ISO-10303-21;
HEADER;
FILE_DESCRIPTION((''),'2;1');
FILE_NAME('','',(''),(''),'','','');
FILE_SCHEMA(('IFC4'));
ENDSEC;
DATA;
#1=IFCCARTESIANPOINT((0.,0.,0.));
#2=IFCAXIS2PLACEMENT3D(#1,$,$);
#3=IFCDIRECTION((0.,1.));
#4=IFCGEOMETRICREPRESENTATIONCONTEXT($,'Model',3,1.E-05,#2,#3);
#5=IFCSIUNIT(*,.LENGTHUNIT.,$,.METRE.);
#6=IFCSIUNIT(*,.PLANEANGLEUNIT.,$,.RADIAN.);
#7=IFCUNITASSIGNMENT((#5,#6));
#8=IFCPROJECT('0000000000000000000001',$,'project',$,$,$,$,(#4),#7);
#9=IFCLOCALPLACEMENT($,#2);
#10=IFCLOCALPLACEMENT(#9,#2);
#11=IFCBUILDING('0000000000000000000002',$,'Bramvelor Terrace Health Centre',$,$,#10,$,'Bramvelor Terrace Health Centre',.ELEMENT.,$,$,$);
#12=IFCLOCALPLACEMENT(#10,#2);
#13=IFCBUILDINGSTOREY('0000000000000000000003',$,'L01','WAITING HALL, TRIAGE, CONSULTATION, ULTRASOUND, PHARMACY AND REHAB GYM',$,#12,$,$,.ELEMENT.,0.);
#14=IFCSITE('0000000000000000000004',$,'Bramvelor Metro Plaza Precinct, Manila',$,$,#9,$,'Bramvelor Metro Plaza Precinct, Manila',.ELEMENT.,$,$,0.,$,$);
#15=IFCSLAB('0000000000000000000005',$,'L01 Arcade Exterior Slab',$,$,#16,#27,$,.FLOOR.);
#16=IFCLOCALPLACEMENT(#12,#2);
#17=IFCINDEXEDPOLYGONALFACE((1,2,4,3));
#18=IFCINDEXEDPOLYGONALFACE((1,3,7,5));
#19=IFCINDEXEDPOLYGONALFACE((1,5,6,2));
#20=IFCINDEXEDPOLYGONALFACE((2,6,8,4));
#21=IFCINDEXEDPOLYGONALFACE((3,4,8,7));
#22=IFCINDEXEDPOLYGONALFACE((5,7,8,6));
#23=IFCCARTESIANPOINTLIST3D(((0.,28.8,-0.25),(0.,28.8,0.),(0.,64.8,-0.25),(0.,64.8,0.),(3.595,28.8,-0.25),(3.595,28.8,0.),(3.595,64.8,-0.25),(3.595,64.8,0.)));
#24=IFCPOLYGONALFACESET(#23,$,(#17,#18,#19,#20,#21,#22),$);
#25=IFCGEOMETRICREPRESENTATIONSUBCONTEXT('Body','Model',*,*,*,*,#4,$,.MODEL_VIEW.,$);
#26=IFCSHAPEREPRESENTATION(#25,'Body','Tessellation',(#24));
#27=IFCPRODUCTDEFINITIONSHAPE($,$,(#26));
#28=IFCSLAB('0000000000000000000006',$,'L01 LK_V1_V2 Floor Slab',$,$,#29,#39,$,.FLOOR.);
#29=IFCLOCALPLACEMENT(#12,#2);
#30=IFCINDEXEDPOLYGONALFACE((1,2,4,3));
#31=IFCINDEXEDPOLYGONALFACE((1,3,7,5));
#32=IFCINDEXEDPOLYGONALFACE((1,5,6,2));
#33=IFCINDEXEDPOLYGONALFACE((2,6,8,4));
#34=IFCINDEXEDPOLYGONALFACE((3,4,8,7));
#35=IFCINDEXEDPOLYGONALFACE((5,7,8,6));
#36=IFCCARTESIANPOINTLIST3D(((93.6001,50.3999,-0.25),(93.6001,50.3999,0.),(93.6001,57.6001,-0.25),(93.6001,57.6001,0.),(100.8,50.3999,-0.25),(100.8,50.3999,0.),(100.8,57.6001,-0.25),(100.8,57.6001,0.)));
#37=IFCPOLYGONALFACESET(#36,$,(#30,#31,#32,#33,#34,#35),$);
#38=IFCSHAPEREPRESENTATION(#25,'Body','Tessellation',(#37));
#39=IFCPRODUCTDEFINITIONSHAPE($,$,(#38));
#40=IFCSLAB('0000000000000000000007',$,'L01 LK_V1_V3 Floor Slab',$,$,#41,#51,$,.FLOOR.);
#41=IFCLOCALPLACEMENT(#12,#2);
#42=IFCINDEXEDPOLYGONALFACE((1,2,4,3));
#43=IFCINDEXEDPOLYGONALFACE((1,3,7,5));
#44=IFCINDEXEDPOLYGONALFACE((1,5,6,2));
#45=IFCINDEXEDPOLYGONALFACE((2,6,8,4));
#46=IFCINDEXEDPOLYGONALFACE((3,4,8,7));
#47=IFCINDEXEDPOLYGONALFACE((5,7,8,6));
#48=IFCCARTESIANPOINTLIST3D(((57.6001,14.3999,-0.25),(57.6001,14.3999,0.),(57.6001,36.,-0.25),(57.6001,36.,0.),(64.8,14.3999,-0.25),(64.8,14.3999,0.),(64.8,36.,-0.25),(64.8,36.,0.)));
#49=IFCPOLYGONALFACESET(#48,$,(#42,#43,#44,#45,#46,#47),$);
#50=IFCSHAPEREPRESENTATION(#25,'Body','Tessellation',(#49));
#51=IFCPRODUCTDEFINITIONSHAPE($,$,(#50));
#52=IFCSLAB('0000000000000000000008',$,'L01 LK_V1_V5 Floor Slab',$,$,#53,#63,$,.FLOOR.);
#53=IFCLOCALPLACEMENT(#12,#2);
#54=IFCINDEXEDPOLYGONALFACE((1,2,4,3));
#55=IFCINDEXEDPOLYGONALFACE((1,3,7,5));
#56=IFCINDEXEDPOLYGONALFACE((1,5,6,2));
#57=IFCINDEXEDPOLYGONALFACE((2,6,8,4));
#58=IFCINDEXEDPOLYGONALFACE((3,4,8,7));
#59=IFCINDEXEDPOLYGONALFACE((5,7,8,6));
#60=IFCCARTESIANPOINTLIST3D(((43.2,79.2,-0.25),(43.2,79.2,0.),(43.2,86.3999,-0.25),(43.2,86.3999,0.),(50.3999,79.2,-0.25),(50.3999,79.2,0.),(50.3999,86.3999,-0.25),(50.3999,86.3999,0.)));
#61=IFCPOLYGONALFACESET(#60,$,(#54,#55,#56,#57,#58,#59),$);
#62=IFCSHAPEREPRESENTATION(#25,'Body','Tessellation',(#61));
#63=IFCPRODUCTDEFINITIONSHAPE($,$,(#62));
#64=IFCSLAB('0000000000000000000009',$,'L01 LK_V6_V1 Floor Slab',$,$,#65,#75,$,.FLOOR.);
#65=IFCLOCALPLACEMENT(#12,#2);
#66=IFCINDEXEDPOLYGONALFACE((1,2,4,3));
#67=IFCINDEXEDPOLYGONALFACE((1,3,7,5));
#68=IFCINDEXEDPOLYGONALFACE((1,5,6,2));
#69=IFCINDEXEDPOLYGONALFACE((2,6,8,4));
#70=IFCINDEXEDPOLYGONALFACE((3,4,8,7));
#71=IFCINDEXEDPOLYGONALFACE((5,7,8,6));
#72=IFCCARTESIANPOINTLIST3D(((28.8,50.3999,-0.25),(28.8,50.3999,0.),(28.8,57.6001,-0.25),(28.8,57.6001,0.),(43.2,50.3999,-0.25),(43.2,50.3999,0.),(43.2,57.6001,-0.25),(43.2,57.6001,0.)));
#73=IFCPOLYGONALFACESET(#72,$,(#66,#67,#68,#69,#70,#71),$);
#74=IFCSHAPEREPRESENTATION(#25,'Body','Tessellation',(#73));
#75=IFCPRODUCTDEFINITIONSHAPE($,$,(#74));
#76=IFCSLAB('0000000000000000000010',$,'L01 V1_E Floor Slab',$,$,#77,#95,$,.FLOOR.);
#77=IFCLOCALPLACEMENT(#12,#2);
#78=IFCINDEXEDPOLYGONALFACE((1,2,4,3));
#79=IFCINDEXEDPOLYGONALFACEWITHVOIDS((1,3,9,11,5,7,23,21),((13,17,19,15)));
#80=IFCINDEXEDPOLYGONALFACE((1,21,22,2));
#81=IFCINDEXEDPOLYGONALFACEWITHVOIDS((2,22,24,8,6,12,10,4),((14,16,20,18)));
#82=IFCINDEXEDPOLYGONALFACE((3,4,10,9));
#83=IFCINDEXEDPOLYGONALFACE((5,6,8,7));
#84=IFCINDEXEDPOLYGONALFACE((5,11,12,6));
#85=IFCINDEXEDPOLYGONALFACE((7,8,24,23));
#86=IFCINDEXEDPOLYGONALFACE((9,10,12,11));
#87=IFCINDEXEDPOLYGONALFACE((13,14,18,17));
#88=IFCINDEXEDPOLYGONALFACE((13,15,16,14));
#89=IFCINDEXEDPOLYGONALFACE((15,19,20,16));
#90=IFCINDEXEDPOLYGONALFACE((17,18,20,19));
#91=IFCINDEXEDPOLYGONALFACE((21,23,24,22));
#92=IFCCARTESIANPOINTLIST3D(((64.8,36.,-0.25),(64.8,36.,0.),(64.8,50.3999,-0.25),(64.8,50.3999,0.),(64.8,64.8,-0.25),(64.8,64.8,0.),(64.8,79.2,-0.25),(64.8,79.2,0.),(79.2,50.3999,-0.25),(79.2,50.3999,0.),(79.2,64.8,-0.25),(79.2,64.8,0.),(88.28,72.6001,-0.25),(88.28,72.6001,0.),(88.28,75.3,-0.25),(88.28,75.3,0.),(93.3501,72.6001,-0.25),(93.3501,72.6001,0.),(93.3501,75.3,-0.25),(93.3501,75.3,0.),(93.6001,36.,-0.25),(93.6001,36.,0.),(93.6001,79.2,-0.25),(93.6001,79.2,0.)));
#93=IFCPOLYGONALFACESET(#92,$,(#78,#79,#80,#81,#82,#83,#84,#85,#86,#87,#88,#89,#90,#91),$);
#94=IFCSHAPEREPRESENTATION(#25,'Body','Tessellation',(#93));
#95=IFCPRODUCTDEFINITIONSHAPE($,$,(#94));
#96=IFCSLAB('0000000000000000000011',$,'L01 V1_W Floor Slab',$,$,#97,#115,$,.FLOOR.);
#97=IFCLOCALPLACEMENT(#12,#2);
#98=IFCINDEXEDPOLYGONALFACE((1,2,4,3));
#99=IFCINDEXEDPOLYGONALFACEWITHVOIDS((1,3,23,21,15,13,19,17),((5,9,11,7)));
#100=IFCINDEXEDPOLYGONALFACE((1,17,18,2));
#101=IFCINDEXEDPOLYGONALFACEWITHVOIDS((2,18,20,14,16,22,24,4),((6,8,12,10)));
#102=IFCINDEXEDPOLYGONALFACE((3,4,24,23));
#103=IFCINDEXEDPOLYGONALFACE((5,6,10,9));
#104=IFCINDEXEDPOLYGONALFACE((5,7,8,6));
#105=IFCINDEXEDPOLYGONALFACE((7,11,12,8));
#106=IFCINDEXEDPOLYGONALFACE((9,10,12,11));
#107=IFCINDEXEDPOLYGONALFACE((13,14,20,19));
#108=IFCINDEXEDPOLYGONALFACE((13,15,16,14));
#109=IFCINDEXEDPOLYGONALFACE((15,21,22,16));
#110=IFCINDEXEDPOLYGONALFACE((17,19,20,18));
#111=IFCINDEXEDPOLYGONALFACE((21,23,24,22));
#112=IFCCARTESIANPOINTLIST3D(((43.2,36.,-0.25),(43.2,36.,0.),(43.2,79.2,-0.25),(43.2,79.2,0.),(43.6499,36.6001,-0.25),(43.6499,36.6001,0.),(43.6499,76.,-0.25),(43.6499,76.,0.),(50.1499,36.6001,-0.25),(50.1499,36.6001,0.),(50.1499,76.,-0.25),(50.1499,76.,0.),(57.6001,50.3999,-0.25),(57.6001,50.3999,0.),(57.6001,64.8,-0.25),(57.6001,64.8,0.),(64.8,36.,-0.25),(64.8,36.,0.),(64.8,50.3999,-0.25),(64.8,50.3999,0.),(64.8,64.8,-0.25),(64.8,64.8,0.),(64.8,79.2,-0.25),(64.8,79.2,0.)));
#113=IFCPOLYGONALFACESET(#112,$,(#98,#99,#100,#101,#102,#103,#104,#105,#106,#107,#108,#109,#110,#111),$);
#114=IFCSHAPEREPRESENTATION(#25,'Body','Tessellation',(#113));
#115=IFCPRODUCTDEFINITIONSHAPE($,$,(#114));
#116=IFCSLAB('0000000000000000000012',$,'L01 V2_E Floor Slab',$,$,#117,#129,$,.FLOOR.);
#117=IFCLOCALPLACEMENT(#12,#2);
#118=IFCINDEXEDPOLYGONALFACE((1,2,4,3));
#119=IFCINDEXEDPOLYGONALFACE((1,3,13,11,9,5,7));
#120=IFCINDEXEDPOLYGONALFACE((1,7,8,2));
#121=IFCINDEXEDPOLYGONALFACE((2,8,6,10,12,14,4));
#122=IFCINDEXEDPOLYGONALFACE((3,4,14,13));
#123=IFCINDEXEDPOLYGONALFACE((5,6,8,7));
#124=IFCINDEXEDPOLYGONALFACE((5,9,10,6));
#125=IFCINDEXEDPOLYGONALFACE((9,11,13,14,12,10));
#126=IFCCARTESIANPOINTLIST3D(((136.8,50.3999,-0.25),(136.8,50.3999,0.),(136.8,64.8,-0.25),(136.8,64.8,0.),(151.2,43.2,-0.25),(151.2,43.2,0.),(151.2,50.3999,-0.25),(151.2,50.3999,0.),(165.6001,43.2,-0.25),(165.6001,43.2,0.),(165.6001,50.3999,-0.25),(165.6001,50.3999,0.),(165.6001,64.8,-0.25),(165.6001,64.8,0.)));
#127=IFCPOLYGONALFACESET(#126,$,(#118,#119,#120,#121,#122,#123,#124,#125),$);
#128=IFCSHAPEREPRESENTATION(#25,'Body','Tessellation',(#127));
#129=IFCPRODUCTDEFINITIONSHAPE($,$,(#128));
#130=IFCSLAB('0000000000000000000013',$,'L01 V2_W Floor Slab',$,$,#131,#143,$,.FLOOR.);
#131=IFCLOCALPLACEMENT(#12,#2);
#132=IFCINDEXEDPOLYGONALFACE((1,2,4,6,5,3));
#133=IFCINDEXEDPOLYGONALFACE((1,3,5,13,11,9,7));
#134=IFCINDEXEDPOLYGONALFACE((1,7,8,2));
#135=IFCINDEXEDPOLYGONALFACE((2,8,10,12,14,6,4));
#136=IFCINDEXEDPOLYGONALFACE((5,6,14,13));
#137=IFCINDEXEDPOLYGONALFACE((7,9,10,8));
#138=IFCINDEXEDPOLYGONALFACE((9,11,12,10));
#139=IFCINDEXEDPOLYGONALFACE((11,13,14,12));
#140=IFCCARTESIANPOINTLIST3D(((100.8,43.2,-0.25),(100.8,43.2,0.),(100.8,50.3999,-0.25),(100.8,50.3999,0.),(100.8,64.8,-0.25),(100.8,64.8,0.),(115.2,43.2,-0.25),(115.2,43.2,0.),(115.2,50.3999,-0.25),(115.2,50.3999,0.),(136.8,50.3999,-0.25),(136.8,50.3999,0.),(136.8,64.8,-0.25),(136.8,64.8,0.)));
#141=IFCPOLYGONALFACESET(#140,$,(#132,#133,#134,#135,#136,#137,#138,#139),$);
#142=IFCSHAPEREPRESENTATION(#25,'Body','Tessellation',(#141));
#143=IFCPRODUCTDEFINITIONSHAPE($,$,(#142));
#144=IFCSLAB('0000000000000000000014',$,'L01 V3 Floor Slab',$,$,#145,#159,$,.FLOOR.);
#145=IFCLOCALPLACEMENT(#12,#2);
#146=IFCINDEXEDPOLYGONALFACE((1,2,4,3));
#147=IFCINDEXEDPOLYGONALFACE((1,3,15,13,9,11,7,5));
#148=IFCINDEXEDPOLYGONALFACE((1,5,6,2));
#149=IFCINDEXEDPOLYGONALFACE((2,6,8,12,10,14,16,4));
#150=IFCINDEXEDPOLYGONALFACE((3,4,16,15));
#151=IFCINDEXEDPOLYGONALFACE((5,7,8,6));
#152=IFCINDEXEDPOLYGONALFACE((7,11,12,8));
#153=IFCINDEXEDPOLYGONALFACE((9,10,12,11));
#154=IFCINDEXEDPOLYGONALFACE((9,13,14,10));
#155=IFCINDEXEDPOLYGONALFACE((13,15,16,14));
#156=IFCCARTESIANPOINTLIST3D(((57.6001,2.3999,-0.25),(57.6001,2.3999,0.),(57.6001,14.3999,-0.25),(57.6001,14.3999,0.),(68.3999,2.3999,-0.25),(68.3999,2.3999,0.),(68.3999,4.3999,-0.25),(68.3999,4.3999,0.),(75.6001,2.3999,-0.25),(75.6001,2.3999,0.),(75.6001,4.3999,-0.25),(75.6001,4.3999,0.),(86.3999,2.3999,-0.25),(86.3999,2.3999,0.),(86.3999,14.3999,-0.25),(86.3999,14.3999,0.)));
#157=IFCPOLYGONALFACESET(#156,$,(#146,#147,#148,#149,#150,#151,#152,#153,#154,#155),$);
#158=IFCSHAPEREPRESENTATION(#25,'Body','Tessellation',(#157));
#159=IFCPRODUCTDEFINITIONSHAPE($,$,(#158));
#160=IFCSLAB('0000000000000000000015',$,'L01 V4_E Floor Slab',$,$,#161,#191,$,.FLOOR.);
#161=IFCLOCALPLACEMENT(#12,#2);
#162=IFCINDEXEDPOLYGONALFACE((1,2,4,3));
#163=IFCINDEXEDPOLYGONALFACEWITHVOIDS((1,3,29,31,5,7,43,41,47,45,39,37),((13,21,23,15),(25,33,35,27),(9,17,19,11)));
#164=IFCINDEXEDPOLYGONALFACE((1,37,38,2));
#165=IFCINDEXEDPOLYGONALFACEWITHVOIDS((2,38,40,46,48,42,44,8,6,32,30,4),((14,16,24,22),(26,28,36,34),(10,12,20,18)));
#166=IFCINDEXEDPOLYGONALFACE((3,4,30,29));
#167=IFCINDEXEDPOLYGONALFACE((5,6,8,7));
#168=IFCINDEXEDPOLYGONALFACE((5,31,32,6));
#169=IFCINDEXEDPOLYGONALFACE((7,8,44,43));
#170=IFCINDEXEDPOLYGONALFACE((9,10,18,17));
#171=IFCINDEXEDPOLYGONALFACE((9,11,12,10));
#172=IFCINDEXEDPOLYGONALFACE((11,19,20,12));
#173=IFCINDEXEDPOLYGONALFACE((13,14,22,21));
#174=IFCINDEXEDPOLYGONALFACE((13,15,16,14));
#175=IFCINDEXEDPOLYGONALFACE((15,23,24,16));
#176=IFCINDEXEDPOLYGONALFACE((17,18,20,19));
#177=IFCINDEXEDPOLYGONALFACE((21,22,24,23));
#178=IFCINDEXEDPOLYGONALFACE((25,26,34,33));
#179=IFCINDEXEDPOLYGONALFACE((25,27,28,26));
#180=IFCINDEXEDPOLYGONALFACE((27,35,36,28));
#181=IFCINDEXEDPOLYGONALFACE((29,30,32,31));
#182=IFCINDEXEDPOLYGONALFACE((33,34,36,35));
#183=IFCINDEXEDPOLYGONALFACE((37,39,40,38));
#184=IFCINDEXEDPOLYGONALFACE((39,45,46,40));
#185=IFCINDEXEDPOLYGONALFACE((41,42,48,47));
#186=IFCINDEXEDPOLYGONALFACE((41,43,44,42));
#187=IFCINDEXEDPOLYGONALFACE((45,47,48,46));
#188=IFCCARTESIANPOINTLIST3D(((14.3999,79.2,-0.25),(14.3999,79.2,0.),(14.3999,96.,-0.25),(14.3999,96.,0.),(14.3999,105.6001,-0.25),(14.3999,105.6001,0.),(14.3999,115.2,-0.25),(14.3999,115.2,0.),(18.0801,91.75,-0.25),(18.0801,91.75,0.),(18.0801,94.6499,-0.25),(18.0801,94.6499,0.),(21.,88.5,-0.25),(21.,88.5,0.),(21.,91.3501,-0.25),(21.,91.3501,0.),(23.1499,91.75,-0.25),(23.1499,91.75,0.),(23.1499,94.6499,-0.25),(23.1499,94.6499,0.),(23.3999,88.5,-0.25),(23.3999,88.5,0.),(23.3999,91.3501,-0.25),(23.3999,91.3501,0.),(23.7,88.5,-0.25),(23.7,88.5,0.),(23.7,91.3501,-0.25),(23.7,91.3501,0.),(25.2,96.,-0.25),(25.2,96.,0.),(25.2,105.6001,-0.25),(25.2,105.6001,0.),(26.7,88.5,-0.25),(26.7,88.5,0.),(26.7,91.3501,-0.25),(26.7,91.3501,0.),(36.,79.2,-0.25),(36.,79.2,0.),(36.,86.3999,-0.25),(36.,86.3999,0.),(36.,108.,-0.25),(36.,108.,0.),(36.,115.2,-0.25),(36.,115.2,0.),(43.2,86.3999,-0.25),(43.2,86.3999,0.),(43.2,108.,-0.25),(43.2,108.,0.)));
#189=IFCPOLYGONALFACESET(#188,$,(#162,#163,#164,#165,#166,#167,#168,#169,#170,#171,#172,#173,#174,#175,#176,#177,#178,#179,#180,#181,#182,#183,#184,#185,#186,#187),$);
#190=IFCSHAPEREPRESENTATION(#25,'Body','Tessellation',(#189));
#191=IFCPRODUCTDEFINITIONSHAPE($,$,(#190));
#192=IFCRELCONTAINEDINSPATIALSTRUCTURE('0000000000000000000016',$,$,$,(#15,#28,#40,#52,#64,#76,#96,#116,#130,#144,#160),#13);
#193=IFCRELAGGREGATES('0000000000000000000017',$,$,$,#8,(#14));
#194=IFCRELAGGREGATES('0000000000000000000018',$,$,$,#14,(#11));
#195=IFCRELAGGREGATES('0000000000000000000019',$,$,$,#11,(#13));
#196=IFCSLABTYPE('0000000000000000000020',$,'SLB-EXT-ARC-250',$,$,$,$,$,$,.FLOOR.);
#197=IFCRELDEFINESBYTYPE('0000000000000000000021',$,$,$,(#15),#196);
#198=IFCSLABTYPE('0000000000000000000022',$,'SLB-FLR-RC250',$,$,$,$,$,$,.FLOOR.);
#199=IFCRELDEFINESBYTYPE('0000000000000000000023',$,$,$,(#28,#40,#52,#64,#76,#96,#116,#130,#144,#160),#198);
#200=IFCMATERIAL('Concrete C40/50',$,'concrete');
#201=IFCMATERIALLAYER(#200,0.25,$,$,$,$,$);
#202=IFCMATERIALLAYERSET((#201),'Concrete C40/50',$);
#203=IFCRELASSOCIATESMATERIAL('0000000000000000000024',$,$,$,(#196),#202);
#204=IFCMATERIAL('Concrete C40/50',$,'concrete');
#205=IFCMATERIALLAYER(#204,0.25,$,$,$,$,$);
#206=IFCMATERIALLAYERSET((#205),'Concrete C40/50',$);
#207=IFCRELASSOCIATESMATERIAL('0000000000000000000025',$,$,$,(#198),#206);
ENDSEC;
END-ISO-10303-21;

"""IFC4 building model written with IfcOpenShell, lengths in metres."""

from ifc_helpers import new_model, si_unit, direction, frame, origin, place, context, subcontext, project, spatial, polyline, outline, extrude, material, layer, layer_set, type_object, element, save


model = new_model("IFC4")

# Units and contexts
model_context = context("Model", 3, precision=1e-05, world=origin(), true_north=direction((0.0, 1.0)))
body_context = subcontext(model_context, "Body", "Model", "MODEL_VIEW")
ifc_project = project(units=[si_unit("LENGTHUNIT", "METRE"), si_unit("PLANEANGLEUNIT", "RADIAN")], contexts=[model_context])

# Site, building, storey
site_placement = place(None, origin())
site = spatial("IfcSite", under=ifc_project, at=site_placement, Name="Bramvelor Metro Plaza Precinct, Manila", LongName="Bramvelor Metro Plaza Precinct, Manila", CompositionType="ELEMENT", RefElevation=0.0)
building_placement = place(site_placement, origin())
building = spatial("IfcBuilding", under=site, at=building_placement, Name="Bramvelor Terrace Health Centre", LongName="Bramvelor Terrace Health Centre", CompositionType="ELEMENT")
storey_placement = place(building_placement, origin())
storey = spatial("IfcBuildingStorey", under=building, at=storey_placement, Name="L01", Description="WAITING HALL, TRIAGE, CONSULTATION, ULTRASOUND, PHARMACY AND REHAB GYM", CompositionType="ELEMENT", Elevation=0.0)

# Slabs
ifc_material_1 = material(Name="Concrete C40/50", Category="concrete")
ifc_layer_1 = layer(ifc_material_1, 0.25)
ifc_layer_set_1 = layer_set([ifc_layer_1], Name="Concrete C40/50")
slab_type_1 = type_object("IfcSlabType", Name="SLB-EXT-ARC-250", PredefinedType="FLOOR", material=ifc_layer_set_1)
slab_1_placement = place(storey_placement, frame((0.0, 0.0, -0.25)))
element("IfcSlab", 1, at=slab_1_placement, inside=storey, type_object=slab_type_1, Name="L01 Arcade Exterior Slab", PredefinedType="FLOOR", context=body_context, shape_type="SweptSolid", body=[
    extrude(outline(polyline([(0.0, 28.8), (0.0, 64.8), (3.595, 64.8), (3.595, 28.8), (0.0, 28.8)])), origin(), (0.0, 0.0, 1.0), 0.25),
])
ifc_material_2 = material(Name="Concrete C40/50", Category="concrete")
ifc_layer_2 = layer(ifc_material_2, 0.25)
ifc_layer_set_2 = layer_set([ifc_layer_2], Name="Concrete C40/50")
slab_type_2 = type_object("IfcSlabType", Name="SLB-FLR-RC250", PredefinedType="FLOOR", material=ifc_layer_set_2)
slab_2_placement = place(storey_placement, frame((0.0, 0.0, -0.25)))
element("IfcSlab", 2, at=slab_2_placement, inside=storey, type_object=slab_type_2, Name="L01 LK_V1_V2 Floor Slab", PredefinedType="FLOOR", context=body_context, shape_type="SweptSolid", body=[
    extrude(outline(polyline([(100.8, 50.3999), (100.8, 57.6001), (93.6001, 57.6001), (93.6001, 50.3999), (100.8, 50.3999)])), origin(), (0.0, 0.0, 1.0), 0.25),
])
slab_3_placement = place(storey_placement, frame((0.0, 0.0, -0.25)))
element("IfcSlab", 3, at=slab_3_placement, inside=storey, type_object=slab_type_2, Name="L01 LK_V1_V3 Floor Slab", PredefinedType="FLOOR", context=body_context, shape_type="SweptSolid", body=[
    extrude(outline(polyline([(64.8, 14.3999), (64.8, 36.0), (57.6001, 36.0), (57.6001, 14.3999), (64.8, 14.3999)])), origin(), (0.0, 0.0, 1.0), 0.25),
])
slab_4_placement = place(storey_placement, frame((0.0, 0.0, -0.25)))
element("IfcSlab", 4, at=slab_4_placement, inside=storey, type_object=slab_type_2, Name="L01 LK_V1_V5 Floor Slab", PredefinedType="FLOOR", context=body_context, shape_type="SweptSolid", body=[
    extrude(outline(polyline([(50.3999, 79.2), (50.3999, 86.3999), (43.2, 86.3999), (43.2, 79.2), (50.3999, 79.2)])), origin(), (0.0, 0.0, 1.0), 0.25),
])
slab_5_placement = place(storey_placement, frame((0.0, 0.0, -0.25)))
element("IfcSlab", 5, at=slab_5_placement, inside=storey, type_object=slab_type_2, Name="L01 LK_V6_V1 Floor Slab", PredefinedType="FLOOR", context=body_context, shape_type="SweptSolid", body=[
    extrude(outline(polyline([(43.2, 50.3999), (43.2, 57.6001), (28.8, 57.6001), (28.8, 50.3999), (43.2, 50.3999)])), origin(), (0.0, 0.0, 1.0), 0.25),
])
slab_6_placement = place(storey_placement, frame((0.0, 0.0, -0.25)))
element("IfcSlab", 6, at=slab_6_placement, inside=storey, type_object=slab_type_2, Name="L01 V1_E Floor Slab", PredefinedType="FLOOR", context=body_context, shape_type="SweptSolid", body=[
    extrude(outline(polyline([(93.6001, 36.0), (64.8, 36.0), (64.8, 50.3999), (79.2, 50.3999), (79.2, 64.8), (64.8, 64.8), (64.8, 79.2), (93.6001, 79.2), (93.6001, 36.0)]), holes=[polyline([(93.3501, 75.3), (88.28, 75.3), (88.28, 72.6001), (93.3501, 72.6001), (93.3501, 75.3)])]), origin(), (0.0, 0.0, 1.0), 0.25),
])
slab_7_placement = place(storey_placement, frame((0.0, 0.0, -0.25)))
element("IfcSlab", 7, at=slab_7_placement, inside=storey, type_object=slab_type_2, Name="L01 V1_W Floor Slab", PredefinedType="FLOOR", context=body_context, shape_type="SweptSolid", body=[
    extrude(outline(polyline([(64.8, 79.2), (64.8, 64.8), (57.6001, 64.8), (57.6001, 50.3999), (64.8, 50.3999), (64.8, 36.0), (43.2, 36.0), (43.2, 79.2), (64.8, 79.2)]), holes=[polyline([(50.1499, 76.0), (43.6499, 76.0), (43.6499, 36.6001), (50.1499, 36.6001), (50.1499, 76.0)])]), origin(), (0.0, 0.0, 1.0), 0.25),
])
slab_8_placement = place(storey_placement, frame((0.0, 0.0, -0.25)))
element("IfcSlab", 8, at=slab_8_placement, inside=storey, type_object=slab_type_2, Name="L01 V2_E Floor Slab", PredefinedType="FLOOR", context=body_context, shape_type="SweptSolid", body=[
    extrude(outline(polyline([(136.8, 50.3999), (136.8, 64.8), (165.6001, 64.8), (165.6001, 50.3999), (165.6001, 43.2), (151.2, 43.2), (151.2, 50.3999), (136.8, 50.3999)])), origin(), (0.0, 0.0, 1.0), 0.25),
])
slab_9_placement = place(storey_placement, frame((0.0, 0.0, -0.25)))
element("IfcSlab", 9, at=slab_9_placement, inside=storey, type_object=slab_type_2, Name="L01 V2_W Floor Slab", PredefinedType="FLOOR", context=body_context, shape_type="SweptSolid", body=[
    extrude(outline(polyline([(100.8, 64.8), (136.8, 64.8), (136.8, 50.3999), (115.2, 50.3999), (115.2, 43.2), (100.8, 43.2), (100.8, 50.3999), (100.8, 64.8)])), origin(), (0.0, 0.0, 1.0), 0.25),
])
slab_10_placement = place(storey_placement, frame((0.0, 0.0, -0.25)))
element("IfcSlab", 10, at=slab_10_placement, inside=storey, type_object=slab_type_2, Name="L01 V3 Floor Slab", PredefinedType="FLOOR", context=body_context, shape_type="SweptSolid", body=[
    extrude(outline(polyline([(57.6001, 2.3999), (57.6001, 14.3999), (86.3999, 14.3999), (86.3999, 2.3999), (75.6001, 2.3999), (75.6001, 4.3999), (68.3999, 4.3999), (68.3999, 2.3999), (57.6001, 2.3999)])), origin(), (0.0, 0.0, 1.0), 0.25),
])
slab_11_placement = place(storey_placement, frame((0.0, 0.0, -0.25)))
element("IfcSlab", 11, at=slab_11_placement, inside=storey, type_object=slab_type_2, Name="L01 V4_E Floor Slab", PredefinedType="FLOOR", context=body_context, shape_type="SweptSolid", body=[
    extrude(outline(polyline([(36.0, 79.2), (14.3999, 79.2), (14.3999, 96.0), (25.2, 96.0), (25.2, 105.6001), (14.3999, 105.6001), (14.3999, 115.2), (36.0, 115.2), (36.0, 108.0), (43.2, 108.0), (43.2, 86.3999), (36.0, 86.3999), (36.0, 79.2)]), holes=[polyline([(18.0801, 91.75), (23.1499, 91.75), (23.1499, 94.6499), (18.0801, 94.6499), (18.0801, 91.75)]), polyline([(21.0, 91.3501), (21.0, 88.5), (23.3999, 88.5), (23.3999, 91.3501), (21.0, 91.3501)]), polyline([(26.7, 91.3501), (23.7, 91.3501), (23.7, 88.5), (26.7, 88.5), (26.7, 91.3501)])]), origin(), (0.0, 0.0, 1.0), 0.25),
])

save(model, "model.ifc")
